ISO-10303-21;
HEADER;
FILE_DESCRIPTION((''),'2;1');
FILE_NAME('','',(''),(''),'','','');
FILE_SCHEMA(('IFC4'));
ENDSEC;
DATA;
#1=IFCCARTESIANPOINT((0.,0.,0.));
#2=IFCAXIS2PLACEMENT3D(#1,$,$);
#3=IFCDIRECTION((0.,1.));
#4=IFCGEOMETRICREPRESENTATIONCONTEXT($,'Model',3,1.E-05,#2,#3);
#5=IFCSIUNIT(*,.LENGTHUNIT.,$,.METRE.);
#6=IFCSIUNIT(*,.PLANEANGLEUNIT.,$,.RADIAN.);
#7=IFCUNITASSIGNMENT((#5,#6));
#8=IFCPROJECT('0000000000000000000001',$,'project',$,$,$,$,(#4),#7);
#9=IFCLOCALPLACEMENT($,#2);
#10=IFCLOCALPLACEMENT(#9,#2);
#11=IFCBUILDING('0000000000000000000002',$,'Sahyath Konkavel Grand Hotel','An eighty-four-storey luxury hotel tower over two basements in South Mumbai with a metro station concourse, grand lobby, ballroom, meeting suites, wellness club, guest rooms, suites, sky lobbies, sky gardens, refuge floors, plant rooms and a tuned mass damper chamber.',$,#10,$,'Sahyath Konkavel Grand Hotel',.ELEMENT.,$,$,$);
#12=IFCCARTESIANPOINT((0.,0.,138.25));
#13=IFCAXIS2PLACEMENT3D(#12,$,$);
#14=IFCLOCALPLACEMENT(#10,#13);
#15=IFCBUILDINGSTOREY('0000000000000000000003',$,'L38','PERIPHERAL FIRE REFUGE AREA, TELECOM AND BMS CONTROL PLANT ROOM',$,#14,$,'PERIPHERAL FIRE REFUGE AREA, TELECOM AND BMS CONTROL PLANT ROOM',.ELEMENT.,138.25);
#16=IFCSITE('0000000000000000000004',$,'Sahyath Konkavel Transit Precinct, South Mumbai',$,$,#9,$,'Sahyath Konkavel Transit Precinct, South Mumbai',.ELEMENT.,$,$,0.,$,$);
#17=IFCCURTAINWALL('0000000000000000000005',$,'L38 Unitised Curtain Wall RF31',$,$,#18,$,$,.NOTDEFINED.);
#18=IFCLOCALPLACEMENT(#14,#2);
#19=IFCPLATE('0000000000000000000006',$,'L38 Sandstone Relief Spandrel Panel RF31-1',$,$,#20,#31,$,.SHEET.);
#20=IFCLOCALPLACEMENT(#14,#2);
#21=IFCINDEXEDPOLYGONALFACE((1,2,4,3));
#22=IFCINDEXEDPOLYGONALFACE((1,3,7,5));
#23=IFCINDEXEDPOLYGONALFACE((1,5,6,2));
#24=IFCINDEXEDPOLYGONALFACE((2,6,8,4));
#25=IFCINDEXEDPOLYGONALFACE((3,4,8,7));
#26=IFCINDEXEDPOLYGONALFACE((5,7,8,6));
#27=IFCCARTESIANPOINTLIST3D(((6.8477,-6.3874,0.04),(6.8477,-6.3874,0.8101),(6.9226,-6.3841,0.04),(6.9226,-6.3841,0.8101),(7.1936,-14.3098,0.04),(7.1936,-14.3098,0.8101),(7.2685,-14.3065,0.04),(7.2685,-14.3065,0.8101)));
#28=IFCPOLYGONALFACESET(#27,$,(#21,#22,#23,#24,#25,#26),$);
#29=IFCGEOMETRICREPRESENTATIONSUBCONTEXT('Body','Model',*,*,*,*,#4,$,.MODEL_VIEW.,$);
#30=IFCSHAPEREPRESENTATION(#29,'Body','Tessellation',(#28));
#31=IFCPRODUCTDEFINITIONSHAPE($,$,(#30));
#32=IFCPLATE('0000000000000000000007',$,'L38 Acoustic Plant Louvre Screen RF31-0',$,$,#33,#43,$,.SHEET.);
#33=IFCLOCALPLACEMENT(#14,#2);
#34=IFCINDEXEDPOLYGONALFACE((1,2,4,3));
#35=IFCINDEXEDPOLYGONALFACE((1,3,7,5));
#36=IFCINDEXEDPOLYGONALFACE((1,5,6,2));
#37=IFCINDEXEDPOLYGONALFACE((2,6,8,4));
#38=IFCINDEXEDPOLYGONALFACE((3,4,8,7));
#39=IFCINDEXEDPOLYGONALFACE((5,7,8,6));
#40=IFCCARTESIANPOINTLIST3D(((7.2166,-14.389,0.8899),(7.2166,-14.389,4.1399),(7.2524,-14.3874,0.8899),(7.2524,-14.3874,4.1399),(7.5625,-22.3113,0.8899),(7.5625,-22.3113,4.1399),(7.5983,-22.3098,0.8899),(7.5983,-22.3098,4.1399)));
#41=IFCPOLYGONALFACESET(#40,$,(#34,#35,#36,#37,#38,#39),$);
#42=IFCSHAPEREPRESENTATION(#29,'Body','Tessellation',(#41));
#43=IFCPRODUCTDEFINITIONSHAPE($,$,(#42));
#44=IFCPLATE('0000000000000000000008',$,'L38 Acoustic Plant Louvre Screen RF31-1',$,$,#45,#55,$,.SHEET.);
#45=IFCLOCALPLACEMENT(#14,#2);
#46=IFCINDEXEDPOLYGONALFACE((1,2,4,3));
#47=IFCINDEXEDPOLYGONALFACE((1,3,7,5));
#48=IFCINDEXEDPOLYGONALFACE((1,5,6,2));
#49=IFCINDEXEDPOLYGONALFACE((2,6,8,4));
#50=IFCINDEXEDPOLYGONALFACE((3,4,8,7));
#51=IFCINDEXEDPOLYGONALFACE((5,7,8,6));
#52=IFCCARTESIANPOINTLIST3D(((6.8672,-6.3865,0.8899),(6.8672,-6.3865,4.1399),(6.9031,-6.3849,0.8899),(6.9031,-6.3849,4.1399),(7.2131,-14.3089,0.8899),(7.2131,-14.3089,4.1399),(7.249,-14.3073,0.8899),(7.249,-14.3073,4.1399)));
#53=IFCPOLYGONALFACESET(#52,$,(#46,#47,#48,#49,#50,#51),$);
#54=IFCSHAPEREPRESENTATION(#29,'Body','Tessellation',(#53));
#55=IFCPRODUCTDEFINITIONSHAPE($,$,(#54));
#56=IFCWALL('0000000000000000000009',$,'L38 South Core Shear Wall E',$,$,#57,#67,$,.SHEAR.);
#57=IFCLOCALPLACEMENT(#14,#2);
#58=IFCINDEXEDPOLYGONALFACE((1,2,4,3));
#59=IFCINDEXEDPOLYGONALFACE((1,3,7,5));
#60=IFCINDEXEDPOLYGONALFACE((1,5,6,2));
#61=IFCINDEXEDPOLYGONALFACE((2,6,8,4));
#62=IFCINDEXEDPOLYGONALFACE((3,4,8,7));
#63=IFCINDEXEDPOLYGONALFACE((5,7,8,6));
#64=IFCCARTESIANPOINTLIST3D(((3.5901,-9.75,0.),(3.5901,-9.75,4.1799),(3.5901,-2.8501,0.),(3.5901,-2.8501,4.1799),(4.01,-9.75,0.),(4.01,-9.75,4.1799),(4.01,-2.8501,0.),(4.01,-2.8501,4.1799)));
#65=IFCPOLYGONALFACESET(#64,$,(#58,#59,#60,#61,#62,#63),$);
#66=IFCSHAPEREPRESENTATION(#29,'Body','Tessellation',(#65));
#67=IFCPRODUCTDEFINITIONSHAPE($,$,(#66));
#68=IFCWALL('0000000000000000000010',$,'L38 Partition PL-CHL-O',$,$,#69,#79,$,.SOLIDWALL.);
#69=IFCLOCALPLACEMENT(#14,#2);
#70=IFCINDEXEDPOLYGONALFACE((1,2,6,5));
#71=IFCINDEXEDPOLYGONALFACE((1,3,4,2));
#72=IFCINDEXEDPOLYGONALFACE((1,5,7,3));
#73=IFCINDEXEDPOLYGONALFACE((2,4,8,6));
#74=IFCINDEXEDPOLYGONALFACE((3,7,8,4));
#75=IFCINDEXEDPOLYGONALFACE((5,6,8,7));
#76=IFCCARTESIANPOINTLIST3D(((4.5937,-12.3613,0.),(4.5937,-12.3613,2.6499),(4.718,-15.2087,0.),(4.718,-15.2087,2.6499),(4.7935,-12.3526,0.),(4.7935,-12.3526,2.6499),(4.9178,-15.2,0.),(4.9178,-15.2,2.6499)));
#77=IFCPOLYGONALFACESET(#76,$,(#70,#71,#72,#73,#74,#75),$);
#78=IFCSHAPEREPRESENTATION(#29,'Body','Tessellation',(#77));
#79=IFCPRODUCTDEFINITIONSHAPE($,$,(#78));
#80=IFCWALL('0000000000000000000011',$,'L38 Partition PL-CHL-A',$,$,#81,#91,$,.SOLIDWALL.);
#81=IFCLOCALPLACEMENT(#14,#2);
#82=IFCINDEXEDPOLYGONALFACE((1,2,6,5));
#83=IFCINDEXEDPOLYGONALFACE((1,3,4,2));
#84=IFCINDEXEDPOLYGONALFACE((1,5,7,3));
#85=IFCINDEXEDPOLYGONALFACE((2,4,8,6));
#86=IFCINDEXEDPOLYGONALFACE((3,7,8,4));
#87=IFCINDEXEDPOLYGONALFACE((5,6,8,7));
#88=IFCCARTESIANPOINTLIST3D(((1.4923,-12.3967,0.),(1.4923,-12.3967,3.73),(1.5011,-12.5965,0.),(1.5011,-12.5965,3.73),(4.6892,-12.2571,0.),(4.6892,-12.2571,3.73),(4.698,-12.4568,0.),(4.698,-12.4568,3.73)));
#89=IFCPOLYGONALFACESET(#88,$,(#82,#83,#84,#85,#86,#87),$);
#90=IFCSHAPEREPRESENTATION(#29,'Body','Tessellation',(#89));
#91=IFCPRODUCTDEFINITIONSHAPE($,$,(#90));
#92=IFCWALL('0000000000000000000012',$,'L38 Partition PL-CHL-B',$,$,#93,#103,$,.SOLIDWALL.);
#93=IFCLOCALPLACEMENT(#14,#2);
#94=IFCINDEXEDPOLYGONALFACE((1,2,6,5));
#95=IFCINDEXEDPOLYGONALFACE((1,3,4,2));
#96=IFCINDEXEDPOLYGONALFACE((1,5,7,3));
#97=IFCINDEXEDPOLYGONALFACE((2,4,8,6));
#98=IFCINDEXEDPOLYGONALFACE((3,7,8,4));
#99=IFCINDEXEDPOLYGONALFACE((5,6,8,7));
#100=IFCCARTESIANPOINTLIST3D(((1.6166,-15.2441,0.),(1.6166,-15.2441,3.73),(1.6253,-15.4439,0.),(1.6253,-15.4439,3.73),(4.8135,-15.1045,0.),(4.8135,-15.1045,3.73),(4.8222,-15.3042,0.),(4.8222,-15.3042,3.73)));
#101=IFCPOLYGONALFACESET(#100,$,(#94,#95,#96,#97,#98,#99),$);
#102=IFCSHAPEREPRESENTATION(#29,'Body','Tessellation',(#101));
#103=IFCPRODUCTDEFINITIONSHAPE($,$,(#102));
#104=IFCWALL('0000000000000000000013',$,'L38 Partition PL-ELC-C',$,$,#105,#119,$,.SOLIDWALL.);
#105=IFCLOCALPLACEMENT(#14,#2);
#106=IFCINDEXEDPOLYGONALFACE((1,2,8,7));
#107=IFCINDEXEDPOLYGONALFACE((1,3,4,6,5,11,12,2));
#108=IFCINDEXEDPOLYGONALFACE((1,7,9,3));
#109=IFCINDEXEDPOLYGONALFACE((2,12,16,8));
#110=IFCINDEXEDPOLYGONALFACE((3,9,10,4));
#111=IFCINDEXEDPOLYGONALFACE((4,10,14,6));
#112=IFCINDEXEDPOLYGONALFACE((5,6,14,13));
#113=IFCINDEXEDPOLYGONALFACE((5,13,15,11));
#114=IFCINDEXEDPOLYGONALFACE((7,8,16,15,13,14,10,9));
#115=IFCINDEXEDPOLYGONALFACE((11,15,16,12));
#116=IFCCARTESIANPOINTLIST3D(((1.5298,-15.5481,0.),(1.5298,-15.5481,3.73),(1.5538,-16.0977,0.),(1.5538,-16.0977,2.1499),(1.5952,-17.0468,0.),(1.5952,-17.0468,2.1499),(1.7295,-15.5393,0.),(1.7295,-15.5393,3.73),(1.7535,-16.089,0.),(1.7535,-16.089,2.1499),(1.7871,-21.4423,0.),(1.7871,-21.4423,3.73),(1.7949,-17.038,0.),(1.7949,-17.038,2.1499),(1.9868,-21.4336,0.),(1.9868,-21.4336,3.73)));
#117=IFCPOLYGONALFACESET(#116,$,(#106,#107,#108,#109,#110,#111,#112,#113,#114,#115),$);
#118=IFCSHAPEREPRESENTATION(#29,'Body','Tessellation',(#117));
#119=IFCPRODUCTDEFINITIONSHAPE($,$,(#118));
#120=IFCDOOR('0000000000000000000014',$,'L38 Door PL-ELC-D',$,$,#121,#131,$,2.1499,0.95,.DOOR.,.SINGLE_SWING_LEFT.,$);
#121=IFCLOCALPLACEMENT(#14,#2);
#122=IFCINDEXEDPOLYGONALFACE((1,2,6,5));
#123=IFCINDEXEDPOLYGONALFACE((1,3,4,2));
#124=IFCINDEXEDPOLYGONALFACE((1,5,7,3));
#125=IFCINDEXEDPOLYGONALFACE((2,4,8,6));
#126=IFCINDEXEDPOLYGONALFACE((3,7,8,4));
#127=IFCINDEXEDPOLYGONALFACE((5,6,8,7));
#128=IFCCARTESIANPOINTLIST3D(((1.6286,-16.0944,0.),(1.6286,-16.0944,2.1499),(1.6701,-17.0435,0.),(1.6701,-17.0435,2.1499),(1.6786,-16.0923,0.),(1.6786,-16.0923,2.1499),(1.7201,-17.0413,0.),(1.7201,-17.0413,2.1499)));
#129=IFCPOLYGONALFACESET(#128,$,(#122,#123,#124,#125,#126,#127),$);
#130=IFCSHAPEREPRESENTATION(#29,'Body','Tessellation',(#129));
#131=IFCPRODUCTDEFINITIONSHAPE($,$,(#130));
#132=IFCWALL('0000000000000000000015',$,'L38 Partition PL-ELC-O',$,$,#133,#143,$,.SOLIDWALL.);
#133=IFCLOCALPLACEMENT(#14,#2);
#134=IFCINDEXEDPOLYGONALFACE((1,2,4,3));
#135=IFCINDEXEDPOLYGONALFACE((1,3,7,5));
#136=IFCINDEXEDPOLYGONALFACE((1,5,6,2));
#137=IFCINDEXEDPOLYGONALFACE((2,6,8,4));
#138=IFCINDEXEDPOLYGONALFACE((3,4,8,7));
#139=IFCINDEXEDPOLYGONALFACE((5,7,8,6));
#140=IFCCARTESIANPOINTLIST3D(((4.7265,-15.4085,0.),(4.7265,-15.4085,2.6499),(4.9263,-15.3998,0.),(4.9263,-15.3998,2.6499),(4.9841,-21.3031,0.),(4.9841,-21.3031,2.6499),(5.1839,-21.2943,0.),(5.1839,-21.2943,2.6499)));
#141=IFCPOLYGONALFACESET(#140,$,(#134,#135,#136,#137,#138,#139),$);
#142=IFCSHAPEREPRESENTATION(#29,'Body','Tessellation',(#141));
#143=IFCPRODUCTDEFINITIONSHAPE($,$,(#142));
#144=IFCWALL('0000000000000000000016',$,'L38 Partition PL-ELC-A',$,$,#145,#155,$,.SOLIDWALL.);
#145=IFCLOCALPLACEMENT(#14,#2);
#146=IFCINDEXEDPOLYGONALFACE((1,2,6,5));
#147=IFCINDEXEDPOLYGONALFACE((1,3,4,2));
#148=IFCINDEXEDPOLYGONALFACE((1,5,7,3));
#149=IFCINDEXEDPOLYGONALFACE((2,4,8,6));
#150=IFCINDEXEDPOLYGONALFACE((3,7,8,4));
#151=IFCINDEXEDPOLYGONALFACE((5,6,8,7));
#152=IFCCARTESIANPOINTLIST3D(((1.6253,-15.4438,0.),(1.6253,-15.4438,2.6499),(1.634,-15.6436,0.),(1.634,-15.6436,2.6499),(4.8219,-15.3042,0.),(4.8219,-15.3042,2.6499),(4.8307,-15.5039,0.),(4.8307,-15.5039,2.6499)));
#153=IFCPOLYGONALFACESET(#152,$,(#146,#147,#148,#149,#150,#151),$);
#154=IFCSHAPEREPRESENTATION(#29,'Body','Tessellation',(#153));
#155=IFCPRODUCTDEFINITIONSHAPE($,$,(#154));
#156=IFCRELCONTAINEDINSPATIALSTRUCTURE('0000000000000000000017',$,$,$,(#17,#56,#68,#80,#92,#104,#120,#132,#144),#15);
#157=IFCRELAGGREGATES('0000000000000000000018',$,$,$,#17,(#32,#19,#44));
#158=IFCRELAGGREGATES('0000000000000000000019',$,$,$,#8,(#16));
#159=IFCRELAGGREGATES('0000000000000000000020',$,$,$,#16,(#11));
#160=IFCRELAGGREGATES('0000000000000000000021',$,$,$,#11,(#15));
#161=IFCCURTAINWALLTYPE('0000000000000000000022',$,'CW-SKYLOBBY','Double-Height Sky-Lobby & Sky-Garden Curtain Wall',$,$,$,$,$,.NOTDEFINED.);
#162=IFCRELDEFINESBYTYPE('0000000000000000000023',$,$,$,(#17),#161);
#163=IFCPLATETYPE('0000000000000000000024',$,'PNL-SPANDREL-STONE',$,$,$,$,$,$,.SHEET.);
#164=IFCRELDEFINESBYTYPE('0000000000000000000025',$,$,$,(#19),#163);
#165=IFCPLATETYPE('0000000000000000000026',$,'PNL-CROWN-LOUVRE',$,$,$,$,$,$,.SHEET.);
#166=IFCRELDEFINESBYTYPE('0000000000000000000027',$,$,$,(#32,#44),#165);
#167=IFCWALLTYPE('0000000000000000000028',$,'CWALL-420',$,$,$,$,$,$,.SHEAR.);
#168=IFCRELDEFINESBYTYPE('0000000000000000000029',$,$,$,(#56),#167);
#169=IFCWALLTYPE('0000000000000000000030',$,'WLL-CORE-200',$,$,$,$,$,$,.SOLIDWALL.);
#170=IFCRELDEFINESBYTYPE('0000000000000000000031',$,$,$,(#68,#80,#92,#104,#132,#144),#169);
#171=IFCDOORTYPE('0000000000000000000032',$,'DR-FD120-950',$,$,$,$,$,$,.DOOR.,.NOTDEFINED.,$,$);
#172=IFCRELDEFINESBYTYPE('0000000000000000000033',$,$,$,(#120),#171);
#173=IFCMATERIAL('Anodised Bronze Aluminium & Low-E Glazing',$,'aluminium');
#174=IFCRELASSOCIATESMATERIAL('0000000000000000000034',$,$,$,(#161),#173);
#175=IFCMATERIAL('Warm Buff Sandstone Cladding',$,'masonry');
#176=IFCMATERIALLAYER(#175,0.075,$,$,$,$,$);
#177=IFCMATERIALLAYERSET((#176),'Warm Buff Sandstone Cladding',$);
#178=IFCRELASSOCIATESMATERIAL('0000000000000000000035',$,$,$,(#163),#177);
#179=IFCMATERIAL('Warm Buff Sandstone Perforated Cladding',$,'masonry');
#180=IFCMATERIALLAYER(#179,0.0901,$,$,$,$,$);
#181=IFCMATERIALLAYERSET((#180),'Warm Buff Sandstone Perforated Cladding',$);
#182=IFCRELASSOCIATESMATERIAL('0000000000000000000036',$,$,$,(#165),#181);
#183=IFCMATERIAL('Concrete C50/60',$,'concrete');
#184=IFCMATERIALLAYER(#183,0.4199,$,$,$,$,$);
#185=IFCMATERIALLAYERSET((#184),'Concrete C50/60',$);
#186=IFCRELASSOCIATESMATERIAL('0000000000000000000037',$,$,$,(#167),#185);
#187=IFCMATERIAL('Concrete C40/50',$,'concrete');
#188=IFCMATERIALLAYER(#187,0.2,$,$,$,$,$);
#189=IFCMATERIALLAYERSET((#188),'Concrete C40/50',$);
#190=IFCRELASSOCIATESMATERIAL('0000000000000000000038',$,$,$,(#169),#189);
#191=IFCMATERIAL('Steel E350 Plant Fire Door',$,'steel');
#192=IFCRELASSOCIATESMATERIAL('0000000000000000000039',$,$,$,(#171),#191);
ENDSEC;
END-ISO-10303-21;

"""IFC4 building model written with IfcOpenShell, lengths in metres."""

from ifc_helpers import new_model, si_unit, direction, frame, frame_2d, origin, origin_2d, place, context, subcontext, project, spatial, rectangle, extrude, source, transform, mapped, material, layer, layer_set, type_object, element, fill, aggregate, save


model = new_model("IFC4")

# Units and contexts
model_context = context("Model", 3, precision=1e-05, world=origin(), true_north=direction((0.0, 1.0)))
body_context = subcontext(model_context, "Body", "Model", "MODEL_VIEW")
ifc_project = project(units=[si_unit("LENGTHUNIT", "METRE"), si_unit("PLANEANGLEUNIT", "RADIAN")], contexts=[model_context])

# Site, building, storey
site_placement = place(None, origin())
site = spatial("IfcSite", under=ifc_project, at=site_placement, Name="Sahyath Konkavel Transit Precinct, South Mumbai", LongName="Sahyath Konkavel Transit Precinct, South Mumbai", CompositionType="ELEMENT", RefElevation=0.0)
building_placement = place(site_placement, origin())
building = spatial("IfcBuilding", under=site, at=building_placement, Name="Sahyath Konkavel Grand Hotel", Description="An eighty-four-storey luxury hotel tower over two basements in South Mumbai with a metro station concourse, grand lobby, ballroom, meeting suites, wellness club, guest rooms, suites, sky lobbies, sky gardens, refuge floors, plant rooms and a tuned mass damper chamber.", LongName="Sahyath Konkavel Grand Hotel", CompositionType="ELEMENT")
storey_placement = place(building_placement, frame((0.0, 0.0, 138.25)))
storey = spatial("IfcBuildingStorey", under=building, at=storey_placement, Name="L38", Description="PERIPHERAL FIRE REFUGE AREA, TELECOM AND BMS CONTROL PLANT ROOM", LongName="PERIPHERAL FIRE REFUGE AREA, TELECOM AND BMS CONTROL PLANT ROOM", CompositionType="ELEMENT", Elevation=138.25)

# Curtain wall
ifc_material_1 = material(Name="Anodised Bronze Aluminium & Low-E Glazing", Category="aluminium")
curtain_wall_type = type_object("IfcCurtainWallType", Name="CW-SKYLOBBY", Description="Double-Height Sky-Lobby & Sky-Garden Curtain Wall", PredefinedType="NOTDEFINED", material=ifc_material_1)
curtain_wall_placement = place(storey_placement, origin())
curtain_wall = element("IfcCurtainWall", 1, at=curtain_wall_placement, inside=storey, type_object=curtain_wall_type, Name="L38 Unitised Curtain Wall RF31", PredefinedType="NOTDEFINED")

# Plates
ifc_material_2 = material(Name="Warm Buff Sandstone Cladding", Category="masonry")
ifc_layer_1 = layer(ifc_material_2, 0.075)
ifc_layer_set_1 = layer_set([ifc_layer_1], Name="Warm Buff Sandstone Cladding")
plate_type_1 = type_object("IfcPlateType", Name="PNL-SPANDREL-STONE", PredefinedType="SHEET", material=ifc_layer_set_1)
shared_shape_1 = source(origin(), body_context, "Body", "SweptSolid", [
    extrude(rectangle(XDim=7.9299, YDim=0.075, at=origin_2d()), origin(), (0.0, 0.0, 1.0), 0.77),
])
plate_1_placement = place(storey_placement, frame((7.0581, -10.3469, 0.04), z_axis=(0.0, 0.0, 1.0), x_axis=(-0.043619, 0.999048, 0.0)))
plate_1 = element("IfcPlate", 2, at=plate_1_placement, type_object=plate_type_1, Name="L38 Sandstone Relief Spandrel Panel RF31-1", PredefinedType="SHEET", context=body_context, shape_type="MappedRepresentation", body=[
    mapped(shared_shape_1, transform((0.0, 0.0, 0.0), scale=1.0)),
])
ifc_material_3 = material(Name="Warm Buff Sandstone Perforated Cladding", Category="masonry")
ifc_layer_2 = layer(ifc_material_3, 0.0901)
ifc_layer_set_2 = layer_set([ifc_layer_2], Name="Warm Buff Sandstone Perforated Cladding")
plate_type_2 = type_object("IfcPlateType", Name="PNL-CROWN-LOUVRE", PredefinedType="SHEET", material=ifc_layer_set_2)
shared_shape_2 = source(origin(), body_context, "Body", "SweptSolid", [
    extrude(rectangle(XDim=7.9299, YDim=0.0359, at=origin_2d()), origin(), (0.0, 0.0, 1.0), 3.25),
])
plate_2_placement = place(storey_placement, frame((7.4075, -18.3494, 0.8899), z_axis=(0.0, 0.0, 1.0), x_axis=(-0.043619, 0.999048, 0.0)))
plate_2 = element("IfcPlate", 3, at=plate_2_placement, type_object=plate_type_2, Name="L38 Acoustic Plant Louvre Screen RF31-0", PredefinedType="SHEET", context=body_context, shape_type="MappedRepresentation", body=[
    mapped(shared_shape_2, transform((0.0, 0.0, 0.0), scale=1.0)),
])
plate_3_placement = place(storey_placement, frame((7.0581, -10.3469, 0.8899), z_axis=(0.0, 0.0, 1.0), x_axis=(-0.043619, 0.999048, 0.0)))
plate_3 = element("IfcPlate", 4, at=plate_3_placement, type_object=plate_type_2, Name="L38 Acoustic Plant Louvre Screen RF31-1", PredefinedType="SHEET", context=body_context, shape_type="MappedRepresentation", body=[
    mapped(shared_shape_2, transform((0.0, 0.0, 0.0), scale=1.0)),
])
aggregate(curtain_wall, [plate_2, plate_1, plate_3])

# Wall
ifc_material_4 = material(Name="Concrete C50/60", Category="concrete")
ifc_layer_3 = layer(ifc_material_4, 0.4199)
ifc_layer_set_3 = layer_set([ifc_layer_3], Name="Concrete C50/60")
wall_type_1 = type_object("IfcWallType", Name="CWALL-420", PredefinedType="SHEAR", material=ifc_layer_set_3)
wall_1_placement = place(storey_placement, frame((3.8, -9.75, 0.0), z_axis=(0.0, 0.0, 1.0), x_axis=(0.0, 1.0, 0.0)))
element("IfcWall", 5, at=wall_1_placement, inside=storey, type_object=wall_type_1, Name="L38 South Core Shear Wall E", PredefinedType="SHEAR", context=body_context, shape_type="SweptSolid", body=[
    extrude(rectangle(XDim=6.8999, YDim=0.4199, at=frame_2d((3.45, 0.0))), origin(), (0.0, 0.0, 1.0), 4.1799),
])

# Shared definitions
ifc_material_5 = material(Name="Concrete C40/50", Category="concrete")
ifc_layer_4 = layer(ifc_material_5, 0.2)
ifc_layer_set_4 = layer_set([ifc_layer_4], Name="Concrete C40/50")
wall_type_2 = type_object("IfcWallType", Name="WLL-CORE-200", PredefinedType="SOLIDWALL", material=ifc_layer_set_4)
ifc_material_6 = material(Name="Steel E350 Plant Fire Door", Category="steel")
door_type = type_object("IfcDoorType", Name="DR-FD120-950", OperationType="NOTDEFINED", PredefinedType="DOOR", material=ifc_material_6)
shared_shape_3 = source(origin(), body_context, "Body", "SweptSolid", [
    extrude(rectangle(XDim=0.95, YDim=0.05, at=origin_2d()), origin(), (0.0, 0.0, 1.0), 2.1499),
])

# Walls
wall_2_placement = place(storey_placement, frame((4.6936, -12.3569, 0.0), z_axis=(0.0, 0.0, 1.0), x_axis=(0.043601, -0.999049, 0.0)))
element("IfcWall", 6, at=wall_2_placement, inside=storey, type_object=wall_type_2, Name="L38 Partition PL-CHL-O", PredefinedType="SOLIDWALL", context=body_context, shape_type="SweptSolid", body=[
    extrude(rectangle(XDim=2.8501, YDim=0.2, at=frame_2d((1.425, 0.0))), origin(), (0.0, 0.0, 1.0), 2.6499),
])
for number, where, z_axis, x_axis, name in (
    (7, (1.4966, -12.4966, 0.0), (0.0, 0.0, 1.0), (0.999047, 0.043639, 0.0), "L38 Partition PL-CHL-A"),
    (8, (1.6208, -15.344, 0.0), (0.0, 0.0, 1.0), (0.999047, 0.043639, 0.0), "L38 Partition PL-CHL-B"),
):
    element("IfcWall", number, at=place(storey_placement, frame(where, z_axis=z_axis, x_axis=x_axis)), inside=storey, type_object=wall_type_2, Name=name, PredefinedType="SOLIDWALL", context=body_context, shape_type="SweptSolid", body=[
        extrude(rectangle(XDim=3.2, YDim=0.2, at=frame_2d((1.6001, 0.0))), origin(), (0.0, 0.0, 1.0), 3.73),
    ])

# Wall, opening, door
wall_3_placement = place(storey_placement, frame((1.6296, -15.5437, 0.0), z_axis=(0.0, 0.0, 1.0), x_axis=(0.043615, -0.999048, 0.0)))
wall_3 = element("IfcWall", 9, at=wall_3_placement, inside=storey, type_object=wall_type_2, Name="L38 Partition PL-ELC-C", PredefinedType="SOLIDWALL", context=body_context, shape_type="SweptSolid", body=[
    extrude(rectangle(XDim=5.8999, YDim=0.2, at=frame_2d((2.95, 0.0))), origin(), (0.0, 0.0, 1.0), 3.73),
])
opening_1_placement = place(wall_3_placement, frame((0.55, 0.0, 0.0)))
opening_1 = element("IfcOpeningElement", 10, at=opening_1_placement, cuts=wall_3, PredefinedType="OPENING", context=body_context, shape_type="SweptSolid", body=[
    extrude(rectangle(XDim=0.95, YDim=2.1499, at=frame_2d((0.4751, 1.075))), frame((0.0, 0.1099, 0.0), z_axis=(0.0, -1.0, 0.0), x_axis=(1.0, 0.0, 0.0)), (0.0, 0.0, 1.0), 0.22),
])
door_1_placement = place(opening_1_placement, frame((0.4751, 0.0, 0.0)))
door_1 = element("IfcDoor", 11, at=door_1_placement, inside=storey, type_object=door_type, Name="L38 Door PL-ELC-D", OperationType="SINGLE_SWING_LEFT", OverallHeight=2.1499, OverallWidth=0.95, PredefinedType="DOOR", context=body_context, shape_type="MappedRepresentation", body=[
    mapped(shared_shape_3, transform((0.0, 0.0, 0.0), scale=1.0)),
])
fill(opening_1, door_1)

# Walls
wall_4_placement = place(storey_placement, frame((4.8264, -15.4041, 0.0), z_axis=(0.0, 0.0, 1.0), x_axis=(0.043655, -0.999047, 0.0)))
element("IfcWall", 12, at=wall_4_placement, inside=storey, type_object=wall_type_2, Name="L38 Partition PL-ELC-O", PredefinedType="SOLIDWALL", context=body_context, shape_type="SweptSolid", body=[
    extrude(rectangle(XDim=5.9001, YDim=0.2, at=frame_2d((2.9502, 0.0))), origin(), (0.0, 0.0, 1.0), 2.6499),
])
wall_5_placement = place(storey_placement, frame((1.6296, -15.5437, 0.0), z_axis=(0.0, 0.0, 1.0), x_axis=(0.999047, 0.043643, 0.0)))
element("IfcWall", 13, at=wall_5_placement, inside=storey, type_object=wall_type_2, Name="L38 Partition PL-ELC-A", PredefinedType="SOLIDWALL", context=body_context, shape_type="SweptSolid", body=[
    extrude(rectangle(XDim=3.1997, YDim=0.2, at=frame_2d((1.5999, 0.0))), origin(), (0.0, 0.0, 1.0), 2.6499),
])

save(model, "model.ifc")
